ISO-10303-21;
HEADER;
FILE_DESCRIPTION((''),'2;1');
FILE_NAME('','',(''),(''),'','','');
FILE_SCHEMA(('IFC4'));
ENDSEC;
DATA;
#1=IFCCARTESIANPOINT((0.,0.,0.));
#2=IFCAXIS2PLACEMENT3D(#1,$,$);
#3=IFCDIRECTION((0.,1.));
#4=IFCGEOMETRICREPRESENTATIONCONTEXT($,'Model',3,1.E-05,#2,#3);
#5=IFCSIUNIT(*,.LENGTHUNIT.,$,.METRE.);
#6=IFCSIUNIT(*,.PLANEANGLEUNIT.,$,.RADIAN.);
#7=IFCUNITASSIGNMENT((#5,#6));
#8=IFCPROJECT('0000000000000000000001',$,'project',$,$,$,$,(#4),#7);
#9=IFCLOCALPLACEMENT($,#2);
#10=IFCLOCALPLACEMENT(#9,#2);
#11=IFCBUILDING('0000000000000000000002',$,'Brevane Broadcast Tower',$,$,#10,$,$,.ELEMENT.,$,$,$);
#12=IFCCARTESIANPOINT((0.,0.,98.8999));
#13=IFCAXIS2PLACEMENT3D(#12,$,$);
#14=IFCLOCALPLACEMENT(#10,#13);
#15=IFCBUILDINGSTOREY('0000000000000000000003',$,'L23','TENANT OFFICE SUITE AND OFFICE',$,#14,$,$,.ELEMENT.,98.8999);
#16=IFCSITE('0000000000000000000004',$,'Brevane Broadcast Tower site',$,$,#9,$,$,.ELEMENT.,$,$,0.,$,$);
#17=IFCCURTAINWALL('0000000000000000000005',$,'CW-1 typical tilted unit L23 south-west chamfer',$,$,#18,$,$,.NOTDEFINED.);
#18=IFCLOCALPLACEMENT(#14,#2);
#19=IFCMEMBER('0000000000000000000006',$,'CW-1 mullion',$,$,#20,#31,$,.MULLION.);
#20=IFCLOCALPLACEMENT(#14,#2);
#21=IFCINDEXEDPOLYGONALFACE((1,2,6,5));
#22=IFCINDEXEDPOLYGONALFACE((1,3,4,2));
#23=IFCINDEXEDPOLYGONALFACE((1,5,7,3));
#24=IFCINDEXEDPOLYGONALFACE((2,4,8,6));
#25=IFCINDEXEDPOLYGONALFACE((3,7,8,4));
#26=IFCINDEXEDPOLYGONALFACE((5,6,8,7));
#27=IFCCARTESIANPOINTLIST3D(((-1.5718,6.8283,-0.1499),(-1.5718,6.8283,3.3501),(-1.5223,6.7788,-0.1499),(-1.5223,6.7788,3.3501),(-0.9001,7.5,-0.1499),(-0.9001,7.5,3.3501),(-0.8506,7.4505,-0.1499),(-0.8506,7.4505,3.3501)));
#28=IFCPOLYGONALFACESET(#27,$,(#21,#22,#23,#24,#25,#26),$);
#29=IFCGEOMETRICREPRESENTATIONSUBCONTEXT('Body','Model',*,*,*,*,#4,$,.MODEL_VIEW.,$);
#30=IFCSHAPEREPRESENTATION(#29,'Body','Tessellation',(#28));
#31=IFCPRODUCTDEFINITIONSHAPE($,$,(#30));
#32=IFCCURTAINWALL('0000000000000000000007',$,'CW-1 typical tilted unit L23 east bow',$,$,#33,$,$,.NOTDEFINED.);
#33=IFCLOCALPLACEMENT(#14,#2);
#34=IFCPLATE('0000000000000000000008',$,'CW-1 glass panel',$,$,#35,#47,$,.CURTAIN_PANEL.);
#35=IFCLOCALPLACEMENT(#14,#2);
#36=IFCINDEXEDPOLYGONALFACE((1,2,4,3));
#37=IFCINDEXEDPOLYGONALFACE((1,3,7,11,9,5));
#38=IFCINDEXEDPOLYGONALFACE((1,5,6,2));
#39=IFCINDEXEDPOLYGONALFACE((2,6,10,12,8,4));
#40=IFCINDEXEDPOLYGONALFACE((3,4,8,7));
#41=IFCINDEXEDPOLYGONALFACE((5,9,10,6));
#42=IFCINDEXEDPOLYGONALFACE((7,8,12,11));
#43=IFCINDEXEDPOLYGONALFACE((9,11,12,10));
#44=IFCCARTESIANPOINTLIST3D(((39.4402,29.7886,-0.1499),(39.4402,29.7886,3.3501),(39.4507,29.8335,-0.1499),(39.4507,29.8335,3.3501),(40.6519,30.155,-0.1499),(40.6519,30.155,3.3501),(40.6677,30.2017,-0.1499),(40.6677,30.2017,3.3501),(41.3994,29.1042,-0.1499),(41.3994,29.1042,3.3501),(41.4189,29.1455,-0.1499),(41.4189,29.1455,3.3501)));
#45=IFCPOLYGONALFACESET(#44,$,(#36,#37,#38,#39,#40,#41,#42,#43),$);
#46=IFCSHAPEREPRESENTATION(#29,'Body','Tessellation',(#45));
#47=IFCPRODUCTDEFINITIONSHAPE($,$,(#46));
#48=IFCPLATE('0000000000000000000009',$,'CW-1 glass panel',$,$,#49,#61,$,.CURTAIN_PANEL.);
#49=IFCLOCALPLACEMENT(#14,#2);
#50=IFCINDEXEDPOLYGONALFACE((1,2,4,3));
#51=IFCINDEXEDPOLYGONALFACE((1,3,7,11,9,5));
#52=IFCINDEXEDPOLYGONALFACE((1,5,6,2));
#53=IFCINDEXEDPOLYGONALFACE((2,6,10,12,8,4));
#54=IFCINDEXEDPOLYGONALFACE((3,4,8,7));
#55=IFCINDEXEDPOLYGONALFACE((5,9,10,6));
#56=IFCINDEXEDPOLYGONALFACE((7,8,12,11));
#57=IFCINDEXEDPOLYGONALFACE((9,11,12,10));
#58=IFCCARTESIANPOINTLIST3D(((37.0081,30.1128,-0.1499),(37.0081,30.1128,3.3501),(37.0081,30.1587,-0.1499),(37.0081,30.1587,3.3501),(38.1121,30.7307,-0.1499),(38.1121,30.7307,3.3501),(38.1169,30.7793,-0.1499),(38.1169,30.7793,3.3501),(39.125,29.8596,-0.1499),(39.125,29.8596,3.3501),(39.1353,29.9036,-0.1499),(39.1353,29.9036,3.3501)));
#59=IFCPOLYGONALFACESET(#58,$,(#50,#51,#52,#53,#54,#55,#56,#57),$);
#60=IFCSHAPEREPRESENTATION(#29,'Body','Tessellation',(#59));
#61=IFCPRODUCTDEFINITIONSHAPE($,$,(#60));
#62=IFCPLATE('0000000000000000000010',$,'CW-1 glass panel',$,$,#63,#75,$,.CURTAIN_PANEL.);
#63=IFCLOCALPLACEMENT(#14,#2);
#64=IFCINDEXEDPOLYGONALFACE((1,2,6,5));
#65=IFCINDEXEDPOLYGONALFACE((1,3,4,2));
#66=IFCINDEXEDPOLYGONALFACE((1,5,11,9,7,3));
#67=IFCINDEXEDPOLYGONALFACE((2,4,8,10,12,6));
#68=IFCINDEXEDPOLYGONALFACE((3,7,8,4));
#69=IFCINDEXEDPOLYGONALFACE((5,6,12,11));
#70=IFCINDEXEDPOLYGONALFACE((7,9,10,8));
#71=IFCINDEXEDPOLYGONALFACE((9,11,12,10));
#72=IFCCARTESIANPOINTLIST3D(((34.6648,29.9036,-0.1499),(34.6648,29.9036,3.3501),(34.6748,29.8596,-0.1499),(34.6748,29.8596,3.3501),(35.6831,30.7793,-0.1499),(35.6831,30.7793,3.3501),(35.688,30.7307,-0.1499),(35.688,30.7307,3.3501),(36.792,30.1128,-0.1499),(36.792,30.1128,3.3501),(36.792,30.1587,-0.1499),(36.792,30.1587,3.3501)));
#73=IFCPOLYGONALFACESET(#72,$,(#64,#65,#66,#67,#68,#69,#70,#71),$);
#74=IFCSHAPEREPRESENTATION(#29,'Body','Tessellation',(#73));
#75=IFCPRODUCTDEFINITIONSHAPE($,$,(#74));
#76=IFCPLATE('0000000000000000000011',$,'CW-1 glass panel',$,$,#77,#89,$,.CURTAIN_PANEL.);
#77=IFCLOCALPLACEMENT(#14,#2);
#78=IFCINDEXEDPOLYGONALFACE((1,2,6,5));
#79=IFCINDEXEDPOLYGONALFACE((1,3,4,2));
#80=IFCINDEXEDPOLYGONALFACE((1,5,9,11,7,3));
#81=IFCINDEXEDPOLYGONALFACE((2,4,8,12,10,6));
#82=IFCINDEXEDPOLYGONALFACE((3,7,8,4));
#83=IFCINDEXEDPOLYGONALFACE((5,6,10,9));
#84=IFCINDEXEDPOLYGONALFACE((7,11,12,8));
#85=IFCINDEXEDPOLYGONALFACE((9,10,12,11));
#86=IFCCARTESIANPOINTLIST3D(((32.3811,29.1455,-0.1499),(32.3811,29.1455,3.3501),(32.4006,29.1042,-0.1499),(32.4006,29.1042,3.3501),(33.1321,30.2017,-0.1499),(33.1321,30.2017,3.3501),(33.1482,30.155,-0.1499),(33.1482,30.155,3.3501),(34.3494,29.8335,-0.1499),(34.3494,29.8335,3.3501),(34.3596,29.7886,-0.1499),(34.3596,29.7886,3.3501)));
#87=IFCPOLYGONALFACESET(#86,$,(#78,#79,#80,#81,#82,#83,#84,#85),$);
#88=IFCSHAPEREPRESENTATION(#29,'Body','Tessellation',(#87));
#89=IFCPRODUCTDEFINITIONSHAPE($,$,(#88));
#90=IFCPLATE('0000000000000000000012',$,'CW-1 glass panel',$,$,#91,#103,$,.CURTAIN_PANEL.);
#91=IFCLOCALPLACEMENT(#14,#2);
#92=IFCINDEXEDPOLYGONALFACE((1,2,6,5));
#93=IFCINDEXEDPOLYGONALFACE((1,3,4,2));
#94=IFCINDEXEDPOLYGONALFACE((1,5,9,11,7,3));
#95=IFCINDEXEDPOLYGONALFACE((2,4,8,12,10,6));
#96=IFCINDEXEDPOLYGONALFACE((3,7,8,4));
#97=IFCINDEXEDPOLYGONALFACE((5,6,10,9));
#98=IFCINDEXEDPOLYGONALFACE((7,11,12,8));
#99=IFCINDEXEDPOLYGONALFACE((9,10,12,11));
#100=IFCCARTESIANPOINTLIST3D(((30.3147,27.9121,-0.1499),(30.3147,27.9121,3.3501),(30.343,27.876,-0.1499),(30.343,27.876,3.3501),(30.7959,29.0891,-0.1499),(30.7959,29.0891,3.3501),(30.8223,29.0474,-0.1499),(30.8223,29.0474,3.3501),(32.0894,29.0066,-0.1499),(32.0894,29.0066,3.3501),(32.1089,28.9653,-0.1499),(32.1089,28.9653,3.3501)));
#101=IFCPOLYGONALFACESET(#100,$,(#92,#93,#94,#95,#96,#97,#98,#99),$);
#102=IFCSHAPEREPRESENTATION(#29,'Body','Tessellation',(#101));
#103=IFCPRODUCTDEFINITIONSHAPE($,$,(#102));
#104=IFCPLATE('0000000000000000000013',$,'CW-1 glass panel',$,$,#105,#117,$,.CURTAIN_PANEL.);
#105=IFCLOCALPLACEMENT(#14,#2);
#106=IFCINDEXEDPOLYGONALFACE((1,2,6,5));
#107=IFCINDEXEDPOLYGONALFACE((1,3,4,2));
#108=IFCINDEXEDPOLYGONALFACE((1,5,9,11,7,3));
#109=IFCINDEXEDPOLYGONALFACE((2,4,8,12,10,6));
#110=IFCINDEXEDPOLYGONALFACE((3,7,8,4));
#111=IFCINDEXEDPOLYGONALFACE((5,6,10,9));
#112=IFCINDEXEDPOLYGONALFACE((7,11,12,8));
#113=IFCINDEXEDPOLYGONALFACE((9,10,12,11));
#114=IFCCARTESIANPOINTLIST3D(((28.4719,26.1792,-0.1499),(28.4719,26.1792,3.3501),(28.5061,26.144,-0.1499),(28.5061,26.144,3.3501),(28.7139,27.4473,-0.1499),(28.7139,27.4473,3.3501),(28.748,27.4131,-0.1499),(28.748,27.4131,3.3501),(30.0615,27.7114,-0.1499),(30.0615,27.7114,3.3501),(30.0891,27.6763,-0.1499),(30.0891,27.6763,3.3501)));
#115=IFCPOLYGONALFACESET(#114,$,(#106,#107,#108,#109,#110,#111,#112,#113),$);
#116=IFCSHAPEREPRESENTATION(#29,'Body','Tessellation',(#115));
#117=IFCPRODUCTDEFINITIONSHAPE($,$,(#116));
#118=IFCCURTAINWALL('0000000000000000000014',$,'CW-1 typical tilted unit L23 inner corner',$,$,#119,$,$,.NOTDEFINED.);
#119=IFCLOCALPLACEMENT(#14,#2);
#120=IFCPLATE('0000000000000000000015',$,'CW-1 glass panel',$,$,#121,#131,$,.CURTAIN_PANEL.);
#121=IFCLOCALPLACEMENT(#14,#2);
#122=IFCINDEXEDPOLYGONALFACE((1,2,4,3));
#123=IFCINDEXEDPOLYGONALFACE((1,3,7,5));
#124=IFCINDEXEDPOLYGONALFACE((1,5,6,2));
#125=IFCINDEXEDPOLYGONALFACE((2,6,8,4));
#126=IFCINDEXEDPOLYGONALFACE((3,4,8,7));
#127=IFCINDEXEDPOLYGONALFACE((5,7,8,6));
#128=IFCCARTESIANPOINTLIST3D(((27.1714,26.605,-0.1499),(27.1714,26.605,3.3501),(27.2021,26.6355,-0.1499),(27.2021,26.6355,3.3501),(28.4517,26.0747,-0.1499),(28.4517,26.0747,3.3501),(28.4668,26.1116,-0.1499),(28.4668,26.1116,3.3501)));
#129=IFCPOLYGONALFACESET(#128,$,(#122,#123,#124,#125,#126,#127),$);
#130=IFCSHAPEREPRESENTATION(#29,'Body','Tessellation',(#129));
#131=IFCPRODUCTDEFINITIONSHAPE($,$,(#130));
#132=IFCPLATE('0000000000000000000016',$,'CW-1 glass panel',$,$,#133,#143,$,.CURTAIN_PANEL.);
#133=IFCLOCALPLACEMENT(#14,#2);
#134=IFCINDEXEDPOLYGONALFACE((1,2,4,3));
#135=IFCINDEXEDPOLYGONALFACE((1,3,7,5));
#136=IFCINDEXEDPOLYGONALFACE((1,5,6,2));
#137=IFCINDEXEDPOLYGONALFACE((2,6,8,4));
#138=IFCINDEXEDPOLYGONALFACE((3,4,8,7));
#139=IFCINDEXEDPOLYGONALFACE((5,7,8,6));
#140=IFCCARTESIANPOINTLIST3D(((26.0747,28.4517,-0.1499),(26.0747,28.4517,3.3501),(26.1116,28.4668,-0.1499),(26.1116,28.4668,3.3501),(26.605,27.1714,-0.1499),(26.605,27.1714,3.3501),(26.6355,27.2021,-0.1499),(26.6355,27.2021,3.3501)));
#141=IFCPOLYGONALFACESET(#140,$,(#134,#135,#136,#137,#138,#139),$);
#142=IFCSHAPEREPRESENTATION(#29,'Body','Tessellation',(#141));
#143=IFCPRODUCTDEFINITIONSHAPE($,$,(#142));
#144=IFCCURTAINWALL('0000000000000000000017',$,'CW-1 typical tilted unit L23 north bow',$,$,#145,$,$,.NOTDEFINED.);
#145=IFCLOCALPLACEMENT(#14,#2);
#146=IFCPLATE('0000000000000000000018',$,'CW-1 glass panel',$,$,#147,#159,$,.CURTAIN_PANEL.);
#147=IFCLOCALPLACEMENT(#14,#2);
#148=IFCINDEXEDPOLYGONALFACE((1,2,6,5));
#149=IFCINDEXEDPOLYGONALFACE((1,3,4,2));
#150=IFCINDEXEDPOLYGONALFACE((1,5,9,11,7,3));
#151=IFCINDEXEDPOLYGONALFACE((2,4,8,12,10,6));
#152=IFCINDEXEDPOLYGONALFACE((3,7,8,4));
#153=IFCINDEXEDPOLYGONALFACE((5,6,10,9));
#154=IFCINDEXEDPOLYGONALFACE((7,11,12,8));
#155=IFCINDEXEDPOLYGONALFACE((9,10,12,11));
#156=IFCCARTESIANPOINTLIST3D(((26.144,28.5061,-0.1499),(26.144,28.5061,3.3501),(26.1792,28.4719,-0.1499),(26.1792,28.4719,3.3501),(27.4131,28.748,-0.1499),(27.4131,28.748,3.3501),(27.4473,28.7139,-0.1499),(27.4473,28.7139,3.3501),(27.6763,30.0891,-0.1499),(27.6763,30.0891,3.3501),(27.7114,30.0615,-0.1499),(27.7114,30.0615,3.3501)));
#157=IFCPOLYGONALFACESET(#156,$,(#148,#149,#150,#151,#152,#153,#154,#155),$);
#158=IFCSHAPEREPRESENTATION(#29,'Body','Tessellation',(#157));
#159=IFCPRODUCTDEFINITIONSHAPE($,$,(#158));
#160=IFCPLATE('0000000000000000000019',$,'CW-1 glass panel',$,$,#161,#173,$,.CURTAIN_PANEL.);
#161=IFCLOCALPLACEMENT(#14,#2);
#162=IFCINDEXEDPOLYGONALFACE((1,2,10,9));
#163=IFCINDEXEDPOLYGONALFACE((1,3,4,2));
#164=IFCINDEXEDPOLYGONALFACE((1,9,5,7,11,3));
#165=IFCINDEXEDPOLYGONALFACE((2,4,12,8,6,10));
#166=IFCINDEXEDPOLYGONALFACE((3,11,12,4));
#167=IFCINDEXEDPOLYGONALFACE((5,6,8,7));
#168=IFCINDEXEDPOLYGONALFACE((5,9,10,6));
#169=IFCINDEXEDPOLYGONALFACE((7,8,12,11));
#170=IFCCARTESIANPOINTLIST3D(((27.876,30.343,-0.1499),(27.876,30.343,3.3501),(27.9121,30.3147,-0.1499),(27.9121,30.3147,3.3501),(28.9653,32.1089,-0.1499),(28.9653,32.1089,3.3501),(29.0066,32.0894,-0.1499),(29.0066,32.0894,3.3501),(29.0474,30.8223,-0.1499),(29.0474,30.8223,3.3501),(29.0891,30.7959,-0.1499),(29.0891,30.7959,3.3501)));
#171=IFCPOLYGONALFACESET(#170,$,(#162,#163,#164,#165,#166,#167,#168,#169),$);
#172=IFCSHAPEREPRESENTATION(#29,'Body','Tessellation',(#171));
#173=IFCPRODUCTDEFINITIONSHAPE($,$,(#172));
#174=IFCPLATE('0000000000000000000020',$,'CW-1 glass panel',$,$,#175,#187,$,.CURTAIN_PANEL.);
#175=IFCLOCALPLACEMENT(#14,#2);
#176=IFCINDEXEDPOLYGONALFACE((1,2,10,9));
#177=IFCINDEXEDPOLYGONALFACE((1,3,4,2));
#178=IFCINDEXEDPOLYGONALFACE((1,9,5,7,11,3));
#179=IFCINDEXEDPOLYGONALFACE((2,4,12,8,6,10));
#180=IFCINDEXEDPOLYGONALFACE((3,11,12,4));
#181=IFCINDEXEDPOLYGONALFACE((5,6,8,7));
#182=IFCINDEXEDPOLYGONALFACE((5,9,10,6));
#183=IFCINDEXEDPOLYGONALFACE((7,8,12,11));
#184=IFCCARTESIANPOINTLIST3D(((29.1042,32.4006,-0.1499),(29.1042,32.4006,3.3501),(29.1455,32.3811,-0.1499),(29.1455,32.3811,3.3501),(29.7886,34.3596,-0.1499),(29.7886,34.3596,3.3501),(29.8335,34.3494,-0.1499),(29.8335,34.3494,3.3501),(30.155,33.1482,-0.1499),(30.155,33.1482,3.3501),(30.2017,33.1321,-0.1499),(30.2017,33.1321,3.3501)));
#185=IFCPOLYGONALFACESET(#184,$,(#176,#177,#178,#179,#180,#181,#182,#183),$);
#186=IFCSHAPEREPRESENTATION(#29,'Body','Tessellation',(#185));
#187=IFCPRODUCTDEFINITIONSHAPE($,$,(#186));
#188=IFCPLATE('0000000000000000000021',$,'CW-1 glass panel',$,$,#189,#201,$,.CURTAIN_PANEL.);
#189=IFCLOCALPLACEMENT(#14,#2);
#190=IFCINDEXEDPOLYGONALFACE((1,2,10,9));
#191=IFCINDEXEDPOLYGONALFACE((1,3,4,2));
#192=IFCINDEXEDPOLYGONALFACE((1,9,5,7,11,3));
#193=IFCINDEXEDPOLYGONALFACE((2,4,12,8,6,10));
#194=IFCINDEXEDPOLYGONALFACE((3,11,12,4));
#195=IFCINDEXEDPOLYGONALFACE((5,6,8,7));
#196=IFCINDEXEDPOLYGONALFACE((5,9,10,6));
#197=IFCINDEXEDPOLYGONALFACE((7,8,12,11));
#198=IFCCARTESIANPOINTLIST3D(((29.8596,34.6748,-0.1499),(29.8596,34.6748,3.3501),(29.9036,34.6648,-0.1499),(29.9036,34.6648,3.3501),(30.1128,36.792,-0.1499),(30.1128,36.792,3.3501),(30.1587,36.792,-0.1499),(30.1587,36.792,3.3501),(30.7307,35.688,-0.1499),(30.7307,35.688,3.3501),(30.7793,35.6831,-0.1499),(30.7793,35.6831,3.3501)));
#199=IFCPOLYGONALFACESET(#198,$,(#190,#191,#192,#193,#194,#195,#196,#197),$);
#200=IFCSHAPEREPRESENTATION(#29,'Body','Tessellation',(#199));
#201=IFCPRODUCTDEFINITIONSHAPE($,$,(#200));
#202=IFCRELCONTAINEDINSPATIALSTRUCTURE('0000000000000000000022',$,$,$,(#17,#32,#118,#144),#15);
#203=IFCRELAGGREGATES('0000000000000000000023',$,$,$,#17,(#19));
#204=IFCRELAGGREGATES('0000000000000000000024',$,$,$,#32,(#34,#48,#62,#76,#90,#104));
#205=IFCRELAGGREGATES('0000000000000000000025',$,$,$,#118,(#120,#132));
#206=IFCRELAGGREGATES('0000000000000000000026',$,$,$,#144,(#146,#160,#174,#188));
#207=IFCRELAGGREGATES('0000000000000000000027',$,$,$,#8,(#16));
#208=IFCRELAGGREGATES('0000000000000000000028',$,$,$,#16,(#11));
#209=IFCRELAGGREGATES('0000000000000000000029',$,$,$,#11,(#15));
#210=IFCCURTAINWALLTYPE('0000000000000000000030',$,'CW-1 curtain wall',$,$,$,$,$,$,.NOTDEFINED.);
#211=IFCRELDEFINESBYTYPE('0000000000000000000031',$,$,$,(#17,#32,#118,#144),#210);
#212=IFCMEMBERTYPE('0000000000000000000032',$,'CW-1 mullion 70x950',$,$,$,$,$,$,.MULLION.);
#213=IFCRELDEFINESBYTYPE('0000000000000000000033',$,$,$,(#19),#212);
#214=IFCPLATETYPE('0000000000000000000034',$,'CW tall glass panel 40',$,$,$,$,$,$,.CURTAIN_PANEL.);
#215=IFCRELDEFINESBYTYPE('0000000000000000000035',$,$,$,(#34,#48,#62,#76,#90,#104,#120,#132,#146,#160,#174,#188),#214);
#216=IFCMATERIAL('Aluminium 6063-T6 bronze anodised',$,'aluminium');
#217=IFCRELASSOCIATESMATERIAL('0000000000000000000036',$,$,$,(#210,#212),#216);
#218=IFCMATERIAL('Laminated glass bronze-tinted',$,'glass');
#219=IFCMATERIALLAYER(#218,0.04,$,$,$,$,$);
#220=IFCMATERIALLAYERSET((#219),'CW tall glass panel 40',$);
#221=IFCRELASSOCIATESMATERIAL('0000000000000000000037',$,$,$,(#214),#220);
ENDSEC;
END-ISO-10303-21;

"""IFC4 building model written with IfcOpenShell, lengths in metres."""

from ifc_helpers import new_model, si_unit, direction, frame, origin, origin_2d, place, context, subcontext, project, spatial, polyline, rectangle, outline, extrude, material, layer, layer_set, material_profile, profile_set, type_object, element, aggregate, save


model = new_model("IFC4")

# Units and contexts
model_context = context("Model", 3, precision=1e-05, world=origin(), true_north=direction((0.0, 1.0)))
body_context = subcontext(model_context, "Body", "Model", "MODEL_VIEW")
ifc_project = project(units=[si_unit("LENGTHUNIT", "METRE"), si_unit("PLANEANGLEUNIT", "RADIAN")], contexts=[model_context])

# Site, building, storey
site_placement = place(None, origin())
site = spatial("IfcSite", under=ifc_project, at=site_placement, Name="Brevane Broadcast Tower site", CompositionType="ELEMENT", RefElevation=0.0)
building_placement = place(site_placement, origin())
building = spatial("IfcBuilding", under=site, at=building_placement, Name="Brevane Broadcast Tower", CompositionType="ELEMENT")
storey_placement = place(building_placement, frame((0.0, 0.0, 98.8999)))
storey = spatial("IfcBuildingStorey", under=building, at=storey_placement, Name="L23", Description="TENANT OFFICE SUITE AND OFFICE", CompositionType="ELEMENT", Elevation=98.8999)

# Curtain wall, member
ifc_material_1 = material(Name="Aluminium 6063-T6 bronze anodised", Category="aluminium")
curtain_wall_type = type_object("IfcCurtainWallType", Name="CW-1 curtain wall", PredefinedType="NOTDEFINED", material=ifc_material_1)
curtain_wall_1_placement = place(storey_placement, origin())
curtain_wall_1 = element("IfcCurtainWall", 1, at=curtain_wall_1_placement, inside=storey, type_object=curtain_wall_type, Name="CW-1 typical tilted unit L23 south-west chamfer", PredefinedType="NOTDEFINED")
ifc_material_profile = material_profile(ifc_material_1, rectangle(XDim=0.95, YDim=0.0701, at=origin_2d()), Name="RECT 70x950")
ifc_profile_set = profile_set([ifc_material_profile], Name="Aluminium 6063-T6 bronze anodised")
member_type = type_object("IfcMemberType", Name="CW-1 mullion 70x950", PredefinedType="MULLION", material=ifc_profile_set)
member_placement = place(storey_placement, frame((-1.2112, 7.1394, -0.1499), z_axis=(0.0, 0.0, 1.0), x_axis=(0.707107, 0.707107, 0.0)))
member = element("IfcMember", 2, at=member_placement, type_object=member_type, Name="CW-1 mullion", PredefinedType="MULLION", context=body_context, shape_type="SweptSolid", body=[
    extrude(rectangle(XDim=0.95, YDim=0.0701, at=origin_2d()), origin(), (0.0, 0.0, 1.0), 3.5),
])
aggregate(curtain_wall_1, [member])

# Curtain walls, plates
curtain_wall_2_placement = place(storey_placement, origin())
curtain_wall_2 = element("IfcCurtainWall", 3, at=curtain_wall_2_placement, inside=storey, type_object=curtain_wall_type, Name="CW-1 typical tilted unit L23 east bow", PredefinedType="NOTDEFINED")
ifc_material_2 = material(Name="Laminated glass bronze-tinted", Category="glass")
ifc_layer = layer(ifc_material_2, 0.04)
ifc_layer_set = layer_set([ifc_layer], Name="CW tall glass panel 40")
plate_type = type_object("IfcPlateType", Name="CW tall glass panel 40", PredefinedType="CURTAIN_PANEL", material=ifc_layer_set)
plate_1_placement = place(storey_placement, frame((0.0, 0.0, -0.1499)))
plate_1 = element("IfcPlate", 4, at=plate_1_placement, type_object=plate_type, Name="CW-1 glass panel", PredefinedType="CURTAIN_PANEL", context=body_context, shape_type="SweptSolid", body=[
    extrude(outline(polyline([(41.3994, 29.1042), (41.4189, 29.1455), (40.6677, 30.2017), (39.4507, 29.8335), (39.4402, 29.7886), (40.6519, 30.155), (41.3994, 29.1042)])), origin(), (0.0, 0.0, 1.0), 3.5),
])
plate_2_placement = place(storey_placement, frame((0.0, 0.0, -0.1499)))
plate_2 = element("IfcPlate", 5, at=plate_2_placement, type_object=plate_type, Name="CW-1 glass panel", PredefinedType="CURTAIN_PANEL", context=body_context, shape_type="SweptSolid", body=[
    extrude(outline(polyline([(39.125, 29.8596), (39.1353, 29.9036), (38.1169, 30.7793), (37.0081, 30.1587), (37.0081, 30.1128), (38.1121, 30.7307), (39.125, 29.8596)])), origin(), (0.0, 0.0, 1.0), 3.5),
])
plate_3_placement = place(storey_placement, frame((0.0, 0.0, -0.1499)))
plate_3 = element("IfcPlate", 6, at=plate_3_placement, type_object=plate_type, Name="CW-1 glass panel", PredefinedType="CURTAIN_PANEL", context=body_context, shape_type="SweptSolid", body=[
    extrude(outline(polyline([(36.792, 30.1128), (36.792, 30.1587), (35.6831, 30.7793), (34.6648, 29.9036), (34.6748, 29.8596), (35.688, 30.7307), (36.792, 30.1128)])), origin(), (0.0, 0.0, 1.0), 3.5),
])
plate_4_placement = place(storey_placement, frame((0.0, 0.0, -0.1499)))
plate_4 = element("IfcPlate", 7, at=plate_4_placement, type_object=plate_type, Name="CW-1 glass panel", PredefinedType="CURTAIN_PANEL", context=body_context, shape_type="SweptSolid", body=[
    extrude(outline(polyline([(34.3596, 29.7886), (34.3494, 29.8335), (33.1321, 30.2017), (32.3811, 29.1455), (32.4006, 29.1042), (33.1482, 30.155), (34.3596, 29.7886)])), origin(), (0.0, 0.0, 1.0), 3.5),
])
plate_5_placement = place(storey_placement, frame((0.0, 0.0, -0.1499)))
plate_5 = element("IfcPlate", 8, at=plate_5_placement, type_object=plate_type, Name="CW-1 glass panel", PredefinedType="CURTAIN_PANEL", context=body_context, shape_type="SweptSolid", body=[
    extrude(outline(polyline([(32.1089, 28.9653), (32.0894, 29.0066), (30.7959, 29.0891), (30.3147, 27.9121), (30.343, 27.876), (30.8223, 29.0474), (32.1089, 28.9653)])), origin(), (0.0, 0.0, 1.0), 3.5),
])
plate_6_placement = place(storey_placement, frame((0.0, 0.0, -0.1499)))
plate_6 = element("IfcPlate", 9, at=plate_6_placement, type_object=plate_type, Name="CW-1 glass panel", PredefinedType="CURTAIN_PANEL", context=body_context, shape_type="SweptSolid", body=[
    extrude(outline(polyline([(30.0891, 27.6763), (30.0615, 27.7114), (28.7139, 27.4473), (28.4719, 26.1792), (28.5061, 26.144), (28.748, 27.4131), (30.0891, 27.6763)])), origin(), (0.0, 0.0, 1.0), 3.5),
])
aggregate(curtain_wall_2, [plate_1, plate_2, plate_3, plate_4, plate_5, plate_6])
curtain_wall_3_placement = place(storey_placement, origin())
curtain_wall_3 = element("IfcCurtainWall", 10, at=curtain_wall_3_placement, inside=storey, type_object=curtain_wall_type, Name="CW-1 typical tilted unit L23 inner corner", PredefinedType="NOTDEFINED")
plate_7_placement = place(storey_placement, frame((0.0, 0.0, -0.1499)))
plate_7 = element("IfcPlate", 11, at=plate_7_placement, type_object=plate_type, Name="CW-1 glass panel", PredefinedType="CURTAIN_PANEL", context=body_context, shape_type="SweptSolid", body=[
    extrude(outline(polyline([(28.4517, 26.0747), (28.4668, 26.1116), (27.2021, 26.6355), (27.1714, 26.605), (28.4517, 26.0747)])), origin(), (0.0, 0.0, 1.0), 3.5),
])
plate_8_placement = place(storey_placement, frame((0.0, 0.0, -0.1499)))
plate_8 = element("IfcPlate", 12, at=plate_8_placement, type_object=plate_type, Name="CW-1 glass panel", PredefinedType="CURTAIN_PANEL", context=body_context, shape_type="SweptSolid", body=[
    extrude(outline(polyline([(26.605, 27.1714), (26.6355, 27.2021), (26.1116, 28.4668), (26.0747, 28.4517), (26.605, 27.1714)])), origin(), (0.0, 0.0, 1.0), 3.5),
])
aggregate(curtain_wall_3, [plate_7, plate_8])
curtain_wall_4_placement = place(storey_placement, origin())
curtain_wall_4 = element("IfcCurtainWall", 13, at=curtain_wall_4_placement, inside=storey, type_object=curtain_wall_type, Name="CW-1 typical tilted unit L23 north bow", PredefinedType="NOTDEFINED")
plate_9_placement = place(storey_placement, frame((0.0, 0.0, -0.1499)))
plate_9 = element("IfcPlate", 14, at=plate_9_placement, type_object=plate_type, Name="CW-1 glass panel", PredefinedType="CURTAIN_PANEL", context=body_context, shape_type="SweptSolid", body=[
    extrude(outline(polyline([(26.144, 28.5061), (26.1792, 28.4719), (27.4473, 28.7139), (27.7114, 30.0615), (27.6763, 30.0891), (27.4131, 28.748), (26.144, 28.5061)])), origin(), (0.0, 0.0, 1.0), 3.5),
])
plate_10_placement = place(storey_placement, frame((0.0, 0.0, -0.1499)))
plate_10 = element("IfcPlate", 15, at=plate_10_placement, type_object=plate_type, Name="CW-1 glass panel", PredefinedType="CURTAIN_PANEL", context=body_context, shape_type="SweptSolid", body=[
    extrude(outline(polyline([(27.876, 30.343), (27.9121, 30.3147), (29.0891, 30.7959), (29.0066, 32.0894), (28.9653, 32.1089), (29.0474, 30.8223), (27.876, 30.343)])), origin(), (0.0, 0.0, 1.0), 3.5),
])
plate_11_placement = place(storey_placement, frame((0.0, 0.0, -0.1499)))
plate_11 = element("IfcPlate", 16, at=plate_11_placement, type_object=plate_type, Name="CW-1 glass panel", PredefinedType="CURTAIN_PANEL", context=body_context, shape_type="SweptSolid", body=[
    extrude(outline(polyline([(29.1042, 32.4006), (29.1455, 32.3811), (30.2017, 33.1321), (29.8335, 34.3494), (29.7886, 34.3596), (30.155, 33.1482), (29.1042, 32.4006)])), origin(), (0.0, 0.0, 1.0), 3.5),
])
plate_12_placement = place(storey_placement, frame((0.0, 0.0, -0.1499)))
plate_12 = element("IfcPlate", 17, at=plate_12_placement, type_object=plate_type, Name="CW-1 glass panel", PredefinedType="CURTAIN_PANEL", context=body_context, shape_type="SweptSolid", body=[
    extrude(outline(polyline([(29.8596, 34.6748), (29.9036, 34.6648), (30.7793, 35.6831), (30.1587, 36.792), (30.1128, 36.792), (30.7307, 35.688), (29.8596, 34.6748)])), origin(), (0.0, 0.0, 1.0), 3.5),
])
aggregate(curtain_wall_4, [plate_9, plate_10, plate_11, plate_12])

save(model, "model.ifc")
